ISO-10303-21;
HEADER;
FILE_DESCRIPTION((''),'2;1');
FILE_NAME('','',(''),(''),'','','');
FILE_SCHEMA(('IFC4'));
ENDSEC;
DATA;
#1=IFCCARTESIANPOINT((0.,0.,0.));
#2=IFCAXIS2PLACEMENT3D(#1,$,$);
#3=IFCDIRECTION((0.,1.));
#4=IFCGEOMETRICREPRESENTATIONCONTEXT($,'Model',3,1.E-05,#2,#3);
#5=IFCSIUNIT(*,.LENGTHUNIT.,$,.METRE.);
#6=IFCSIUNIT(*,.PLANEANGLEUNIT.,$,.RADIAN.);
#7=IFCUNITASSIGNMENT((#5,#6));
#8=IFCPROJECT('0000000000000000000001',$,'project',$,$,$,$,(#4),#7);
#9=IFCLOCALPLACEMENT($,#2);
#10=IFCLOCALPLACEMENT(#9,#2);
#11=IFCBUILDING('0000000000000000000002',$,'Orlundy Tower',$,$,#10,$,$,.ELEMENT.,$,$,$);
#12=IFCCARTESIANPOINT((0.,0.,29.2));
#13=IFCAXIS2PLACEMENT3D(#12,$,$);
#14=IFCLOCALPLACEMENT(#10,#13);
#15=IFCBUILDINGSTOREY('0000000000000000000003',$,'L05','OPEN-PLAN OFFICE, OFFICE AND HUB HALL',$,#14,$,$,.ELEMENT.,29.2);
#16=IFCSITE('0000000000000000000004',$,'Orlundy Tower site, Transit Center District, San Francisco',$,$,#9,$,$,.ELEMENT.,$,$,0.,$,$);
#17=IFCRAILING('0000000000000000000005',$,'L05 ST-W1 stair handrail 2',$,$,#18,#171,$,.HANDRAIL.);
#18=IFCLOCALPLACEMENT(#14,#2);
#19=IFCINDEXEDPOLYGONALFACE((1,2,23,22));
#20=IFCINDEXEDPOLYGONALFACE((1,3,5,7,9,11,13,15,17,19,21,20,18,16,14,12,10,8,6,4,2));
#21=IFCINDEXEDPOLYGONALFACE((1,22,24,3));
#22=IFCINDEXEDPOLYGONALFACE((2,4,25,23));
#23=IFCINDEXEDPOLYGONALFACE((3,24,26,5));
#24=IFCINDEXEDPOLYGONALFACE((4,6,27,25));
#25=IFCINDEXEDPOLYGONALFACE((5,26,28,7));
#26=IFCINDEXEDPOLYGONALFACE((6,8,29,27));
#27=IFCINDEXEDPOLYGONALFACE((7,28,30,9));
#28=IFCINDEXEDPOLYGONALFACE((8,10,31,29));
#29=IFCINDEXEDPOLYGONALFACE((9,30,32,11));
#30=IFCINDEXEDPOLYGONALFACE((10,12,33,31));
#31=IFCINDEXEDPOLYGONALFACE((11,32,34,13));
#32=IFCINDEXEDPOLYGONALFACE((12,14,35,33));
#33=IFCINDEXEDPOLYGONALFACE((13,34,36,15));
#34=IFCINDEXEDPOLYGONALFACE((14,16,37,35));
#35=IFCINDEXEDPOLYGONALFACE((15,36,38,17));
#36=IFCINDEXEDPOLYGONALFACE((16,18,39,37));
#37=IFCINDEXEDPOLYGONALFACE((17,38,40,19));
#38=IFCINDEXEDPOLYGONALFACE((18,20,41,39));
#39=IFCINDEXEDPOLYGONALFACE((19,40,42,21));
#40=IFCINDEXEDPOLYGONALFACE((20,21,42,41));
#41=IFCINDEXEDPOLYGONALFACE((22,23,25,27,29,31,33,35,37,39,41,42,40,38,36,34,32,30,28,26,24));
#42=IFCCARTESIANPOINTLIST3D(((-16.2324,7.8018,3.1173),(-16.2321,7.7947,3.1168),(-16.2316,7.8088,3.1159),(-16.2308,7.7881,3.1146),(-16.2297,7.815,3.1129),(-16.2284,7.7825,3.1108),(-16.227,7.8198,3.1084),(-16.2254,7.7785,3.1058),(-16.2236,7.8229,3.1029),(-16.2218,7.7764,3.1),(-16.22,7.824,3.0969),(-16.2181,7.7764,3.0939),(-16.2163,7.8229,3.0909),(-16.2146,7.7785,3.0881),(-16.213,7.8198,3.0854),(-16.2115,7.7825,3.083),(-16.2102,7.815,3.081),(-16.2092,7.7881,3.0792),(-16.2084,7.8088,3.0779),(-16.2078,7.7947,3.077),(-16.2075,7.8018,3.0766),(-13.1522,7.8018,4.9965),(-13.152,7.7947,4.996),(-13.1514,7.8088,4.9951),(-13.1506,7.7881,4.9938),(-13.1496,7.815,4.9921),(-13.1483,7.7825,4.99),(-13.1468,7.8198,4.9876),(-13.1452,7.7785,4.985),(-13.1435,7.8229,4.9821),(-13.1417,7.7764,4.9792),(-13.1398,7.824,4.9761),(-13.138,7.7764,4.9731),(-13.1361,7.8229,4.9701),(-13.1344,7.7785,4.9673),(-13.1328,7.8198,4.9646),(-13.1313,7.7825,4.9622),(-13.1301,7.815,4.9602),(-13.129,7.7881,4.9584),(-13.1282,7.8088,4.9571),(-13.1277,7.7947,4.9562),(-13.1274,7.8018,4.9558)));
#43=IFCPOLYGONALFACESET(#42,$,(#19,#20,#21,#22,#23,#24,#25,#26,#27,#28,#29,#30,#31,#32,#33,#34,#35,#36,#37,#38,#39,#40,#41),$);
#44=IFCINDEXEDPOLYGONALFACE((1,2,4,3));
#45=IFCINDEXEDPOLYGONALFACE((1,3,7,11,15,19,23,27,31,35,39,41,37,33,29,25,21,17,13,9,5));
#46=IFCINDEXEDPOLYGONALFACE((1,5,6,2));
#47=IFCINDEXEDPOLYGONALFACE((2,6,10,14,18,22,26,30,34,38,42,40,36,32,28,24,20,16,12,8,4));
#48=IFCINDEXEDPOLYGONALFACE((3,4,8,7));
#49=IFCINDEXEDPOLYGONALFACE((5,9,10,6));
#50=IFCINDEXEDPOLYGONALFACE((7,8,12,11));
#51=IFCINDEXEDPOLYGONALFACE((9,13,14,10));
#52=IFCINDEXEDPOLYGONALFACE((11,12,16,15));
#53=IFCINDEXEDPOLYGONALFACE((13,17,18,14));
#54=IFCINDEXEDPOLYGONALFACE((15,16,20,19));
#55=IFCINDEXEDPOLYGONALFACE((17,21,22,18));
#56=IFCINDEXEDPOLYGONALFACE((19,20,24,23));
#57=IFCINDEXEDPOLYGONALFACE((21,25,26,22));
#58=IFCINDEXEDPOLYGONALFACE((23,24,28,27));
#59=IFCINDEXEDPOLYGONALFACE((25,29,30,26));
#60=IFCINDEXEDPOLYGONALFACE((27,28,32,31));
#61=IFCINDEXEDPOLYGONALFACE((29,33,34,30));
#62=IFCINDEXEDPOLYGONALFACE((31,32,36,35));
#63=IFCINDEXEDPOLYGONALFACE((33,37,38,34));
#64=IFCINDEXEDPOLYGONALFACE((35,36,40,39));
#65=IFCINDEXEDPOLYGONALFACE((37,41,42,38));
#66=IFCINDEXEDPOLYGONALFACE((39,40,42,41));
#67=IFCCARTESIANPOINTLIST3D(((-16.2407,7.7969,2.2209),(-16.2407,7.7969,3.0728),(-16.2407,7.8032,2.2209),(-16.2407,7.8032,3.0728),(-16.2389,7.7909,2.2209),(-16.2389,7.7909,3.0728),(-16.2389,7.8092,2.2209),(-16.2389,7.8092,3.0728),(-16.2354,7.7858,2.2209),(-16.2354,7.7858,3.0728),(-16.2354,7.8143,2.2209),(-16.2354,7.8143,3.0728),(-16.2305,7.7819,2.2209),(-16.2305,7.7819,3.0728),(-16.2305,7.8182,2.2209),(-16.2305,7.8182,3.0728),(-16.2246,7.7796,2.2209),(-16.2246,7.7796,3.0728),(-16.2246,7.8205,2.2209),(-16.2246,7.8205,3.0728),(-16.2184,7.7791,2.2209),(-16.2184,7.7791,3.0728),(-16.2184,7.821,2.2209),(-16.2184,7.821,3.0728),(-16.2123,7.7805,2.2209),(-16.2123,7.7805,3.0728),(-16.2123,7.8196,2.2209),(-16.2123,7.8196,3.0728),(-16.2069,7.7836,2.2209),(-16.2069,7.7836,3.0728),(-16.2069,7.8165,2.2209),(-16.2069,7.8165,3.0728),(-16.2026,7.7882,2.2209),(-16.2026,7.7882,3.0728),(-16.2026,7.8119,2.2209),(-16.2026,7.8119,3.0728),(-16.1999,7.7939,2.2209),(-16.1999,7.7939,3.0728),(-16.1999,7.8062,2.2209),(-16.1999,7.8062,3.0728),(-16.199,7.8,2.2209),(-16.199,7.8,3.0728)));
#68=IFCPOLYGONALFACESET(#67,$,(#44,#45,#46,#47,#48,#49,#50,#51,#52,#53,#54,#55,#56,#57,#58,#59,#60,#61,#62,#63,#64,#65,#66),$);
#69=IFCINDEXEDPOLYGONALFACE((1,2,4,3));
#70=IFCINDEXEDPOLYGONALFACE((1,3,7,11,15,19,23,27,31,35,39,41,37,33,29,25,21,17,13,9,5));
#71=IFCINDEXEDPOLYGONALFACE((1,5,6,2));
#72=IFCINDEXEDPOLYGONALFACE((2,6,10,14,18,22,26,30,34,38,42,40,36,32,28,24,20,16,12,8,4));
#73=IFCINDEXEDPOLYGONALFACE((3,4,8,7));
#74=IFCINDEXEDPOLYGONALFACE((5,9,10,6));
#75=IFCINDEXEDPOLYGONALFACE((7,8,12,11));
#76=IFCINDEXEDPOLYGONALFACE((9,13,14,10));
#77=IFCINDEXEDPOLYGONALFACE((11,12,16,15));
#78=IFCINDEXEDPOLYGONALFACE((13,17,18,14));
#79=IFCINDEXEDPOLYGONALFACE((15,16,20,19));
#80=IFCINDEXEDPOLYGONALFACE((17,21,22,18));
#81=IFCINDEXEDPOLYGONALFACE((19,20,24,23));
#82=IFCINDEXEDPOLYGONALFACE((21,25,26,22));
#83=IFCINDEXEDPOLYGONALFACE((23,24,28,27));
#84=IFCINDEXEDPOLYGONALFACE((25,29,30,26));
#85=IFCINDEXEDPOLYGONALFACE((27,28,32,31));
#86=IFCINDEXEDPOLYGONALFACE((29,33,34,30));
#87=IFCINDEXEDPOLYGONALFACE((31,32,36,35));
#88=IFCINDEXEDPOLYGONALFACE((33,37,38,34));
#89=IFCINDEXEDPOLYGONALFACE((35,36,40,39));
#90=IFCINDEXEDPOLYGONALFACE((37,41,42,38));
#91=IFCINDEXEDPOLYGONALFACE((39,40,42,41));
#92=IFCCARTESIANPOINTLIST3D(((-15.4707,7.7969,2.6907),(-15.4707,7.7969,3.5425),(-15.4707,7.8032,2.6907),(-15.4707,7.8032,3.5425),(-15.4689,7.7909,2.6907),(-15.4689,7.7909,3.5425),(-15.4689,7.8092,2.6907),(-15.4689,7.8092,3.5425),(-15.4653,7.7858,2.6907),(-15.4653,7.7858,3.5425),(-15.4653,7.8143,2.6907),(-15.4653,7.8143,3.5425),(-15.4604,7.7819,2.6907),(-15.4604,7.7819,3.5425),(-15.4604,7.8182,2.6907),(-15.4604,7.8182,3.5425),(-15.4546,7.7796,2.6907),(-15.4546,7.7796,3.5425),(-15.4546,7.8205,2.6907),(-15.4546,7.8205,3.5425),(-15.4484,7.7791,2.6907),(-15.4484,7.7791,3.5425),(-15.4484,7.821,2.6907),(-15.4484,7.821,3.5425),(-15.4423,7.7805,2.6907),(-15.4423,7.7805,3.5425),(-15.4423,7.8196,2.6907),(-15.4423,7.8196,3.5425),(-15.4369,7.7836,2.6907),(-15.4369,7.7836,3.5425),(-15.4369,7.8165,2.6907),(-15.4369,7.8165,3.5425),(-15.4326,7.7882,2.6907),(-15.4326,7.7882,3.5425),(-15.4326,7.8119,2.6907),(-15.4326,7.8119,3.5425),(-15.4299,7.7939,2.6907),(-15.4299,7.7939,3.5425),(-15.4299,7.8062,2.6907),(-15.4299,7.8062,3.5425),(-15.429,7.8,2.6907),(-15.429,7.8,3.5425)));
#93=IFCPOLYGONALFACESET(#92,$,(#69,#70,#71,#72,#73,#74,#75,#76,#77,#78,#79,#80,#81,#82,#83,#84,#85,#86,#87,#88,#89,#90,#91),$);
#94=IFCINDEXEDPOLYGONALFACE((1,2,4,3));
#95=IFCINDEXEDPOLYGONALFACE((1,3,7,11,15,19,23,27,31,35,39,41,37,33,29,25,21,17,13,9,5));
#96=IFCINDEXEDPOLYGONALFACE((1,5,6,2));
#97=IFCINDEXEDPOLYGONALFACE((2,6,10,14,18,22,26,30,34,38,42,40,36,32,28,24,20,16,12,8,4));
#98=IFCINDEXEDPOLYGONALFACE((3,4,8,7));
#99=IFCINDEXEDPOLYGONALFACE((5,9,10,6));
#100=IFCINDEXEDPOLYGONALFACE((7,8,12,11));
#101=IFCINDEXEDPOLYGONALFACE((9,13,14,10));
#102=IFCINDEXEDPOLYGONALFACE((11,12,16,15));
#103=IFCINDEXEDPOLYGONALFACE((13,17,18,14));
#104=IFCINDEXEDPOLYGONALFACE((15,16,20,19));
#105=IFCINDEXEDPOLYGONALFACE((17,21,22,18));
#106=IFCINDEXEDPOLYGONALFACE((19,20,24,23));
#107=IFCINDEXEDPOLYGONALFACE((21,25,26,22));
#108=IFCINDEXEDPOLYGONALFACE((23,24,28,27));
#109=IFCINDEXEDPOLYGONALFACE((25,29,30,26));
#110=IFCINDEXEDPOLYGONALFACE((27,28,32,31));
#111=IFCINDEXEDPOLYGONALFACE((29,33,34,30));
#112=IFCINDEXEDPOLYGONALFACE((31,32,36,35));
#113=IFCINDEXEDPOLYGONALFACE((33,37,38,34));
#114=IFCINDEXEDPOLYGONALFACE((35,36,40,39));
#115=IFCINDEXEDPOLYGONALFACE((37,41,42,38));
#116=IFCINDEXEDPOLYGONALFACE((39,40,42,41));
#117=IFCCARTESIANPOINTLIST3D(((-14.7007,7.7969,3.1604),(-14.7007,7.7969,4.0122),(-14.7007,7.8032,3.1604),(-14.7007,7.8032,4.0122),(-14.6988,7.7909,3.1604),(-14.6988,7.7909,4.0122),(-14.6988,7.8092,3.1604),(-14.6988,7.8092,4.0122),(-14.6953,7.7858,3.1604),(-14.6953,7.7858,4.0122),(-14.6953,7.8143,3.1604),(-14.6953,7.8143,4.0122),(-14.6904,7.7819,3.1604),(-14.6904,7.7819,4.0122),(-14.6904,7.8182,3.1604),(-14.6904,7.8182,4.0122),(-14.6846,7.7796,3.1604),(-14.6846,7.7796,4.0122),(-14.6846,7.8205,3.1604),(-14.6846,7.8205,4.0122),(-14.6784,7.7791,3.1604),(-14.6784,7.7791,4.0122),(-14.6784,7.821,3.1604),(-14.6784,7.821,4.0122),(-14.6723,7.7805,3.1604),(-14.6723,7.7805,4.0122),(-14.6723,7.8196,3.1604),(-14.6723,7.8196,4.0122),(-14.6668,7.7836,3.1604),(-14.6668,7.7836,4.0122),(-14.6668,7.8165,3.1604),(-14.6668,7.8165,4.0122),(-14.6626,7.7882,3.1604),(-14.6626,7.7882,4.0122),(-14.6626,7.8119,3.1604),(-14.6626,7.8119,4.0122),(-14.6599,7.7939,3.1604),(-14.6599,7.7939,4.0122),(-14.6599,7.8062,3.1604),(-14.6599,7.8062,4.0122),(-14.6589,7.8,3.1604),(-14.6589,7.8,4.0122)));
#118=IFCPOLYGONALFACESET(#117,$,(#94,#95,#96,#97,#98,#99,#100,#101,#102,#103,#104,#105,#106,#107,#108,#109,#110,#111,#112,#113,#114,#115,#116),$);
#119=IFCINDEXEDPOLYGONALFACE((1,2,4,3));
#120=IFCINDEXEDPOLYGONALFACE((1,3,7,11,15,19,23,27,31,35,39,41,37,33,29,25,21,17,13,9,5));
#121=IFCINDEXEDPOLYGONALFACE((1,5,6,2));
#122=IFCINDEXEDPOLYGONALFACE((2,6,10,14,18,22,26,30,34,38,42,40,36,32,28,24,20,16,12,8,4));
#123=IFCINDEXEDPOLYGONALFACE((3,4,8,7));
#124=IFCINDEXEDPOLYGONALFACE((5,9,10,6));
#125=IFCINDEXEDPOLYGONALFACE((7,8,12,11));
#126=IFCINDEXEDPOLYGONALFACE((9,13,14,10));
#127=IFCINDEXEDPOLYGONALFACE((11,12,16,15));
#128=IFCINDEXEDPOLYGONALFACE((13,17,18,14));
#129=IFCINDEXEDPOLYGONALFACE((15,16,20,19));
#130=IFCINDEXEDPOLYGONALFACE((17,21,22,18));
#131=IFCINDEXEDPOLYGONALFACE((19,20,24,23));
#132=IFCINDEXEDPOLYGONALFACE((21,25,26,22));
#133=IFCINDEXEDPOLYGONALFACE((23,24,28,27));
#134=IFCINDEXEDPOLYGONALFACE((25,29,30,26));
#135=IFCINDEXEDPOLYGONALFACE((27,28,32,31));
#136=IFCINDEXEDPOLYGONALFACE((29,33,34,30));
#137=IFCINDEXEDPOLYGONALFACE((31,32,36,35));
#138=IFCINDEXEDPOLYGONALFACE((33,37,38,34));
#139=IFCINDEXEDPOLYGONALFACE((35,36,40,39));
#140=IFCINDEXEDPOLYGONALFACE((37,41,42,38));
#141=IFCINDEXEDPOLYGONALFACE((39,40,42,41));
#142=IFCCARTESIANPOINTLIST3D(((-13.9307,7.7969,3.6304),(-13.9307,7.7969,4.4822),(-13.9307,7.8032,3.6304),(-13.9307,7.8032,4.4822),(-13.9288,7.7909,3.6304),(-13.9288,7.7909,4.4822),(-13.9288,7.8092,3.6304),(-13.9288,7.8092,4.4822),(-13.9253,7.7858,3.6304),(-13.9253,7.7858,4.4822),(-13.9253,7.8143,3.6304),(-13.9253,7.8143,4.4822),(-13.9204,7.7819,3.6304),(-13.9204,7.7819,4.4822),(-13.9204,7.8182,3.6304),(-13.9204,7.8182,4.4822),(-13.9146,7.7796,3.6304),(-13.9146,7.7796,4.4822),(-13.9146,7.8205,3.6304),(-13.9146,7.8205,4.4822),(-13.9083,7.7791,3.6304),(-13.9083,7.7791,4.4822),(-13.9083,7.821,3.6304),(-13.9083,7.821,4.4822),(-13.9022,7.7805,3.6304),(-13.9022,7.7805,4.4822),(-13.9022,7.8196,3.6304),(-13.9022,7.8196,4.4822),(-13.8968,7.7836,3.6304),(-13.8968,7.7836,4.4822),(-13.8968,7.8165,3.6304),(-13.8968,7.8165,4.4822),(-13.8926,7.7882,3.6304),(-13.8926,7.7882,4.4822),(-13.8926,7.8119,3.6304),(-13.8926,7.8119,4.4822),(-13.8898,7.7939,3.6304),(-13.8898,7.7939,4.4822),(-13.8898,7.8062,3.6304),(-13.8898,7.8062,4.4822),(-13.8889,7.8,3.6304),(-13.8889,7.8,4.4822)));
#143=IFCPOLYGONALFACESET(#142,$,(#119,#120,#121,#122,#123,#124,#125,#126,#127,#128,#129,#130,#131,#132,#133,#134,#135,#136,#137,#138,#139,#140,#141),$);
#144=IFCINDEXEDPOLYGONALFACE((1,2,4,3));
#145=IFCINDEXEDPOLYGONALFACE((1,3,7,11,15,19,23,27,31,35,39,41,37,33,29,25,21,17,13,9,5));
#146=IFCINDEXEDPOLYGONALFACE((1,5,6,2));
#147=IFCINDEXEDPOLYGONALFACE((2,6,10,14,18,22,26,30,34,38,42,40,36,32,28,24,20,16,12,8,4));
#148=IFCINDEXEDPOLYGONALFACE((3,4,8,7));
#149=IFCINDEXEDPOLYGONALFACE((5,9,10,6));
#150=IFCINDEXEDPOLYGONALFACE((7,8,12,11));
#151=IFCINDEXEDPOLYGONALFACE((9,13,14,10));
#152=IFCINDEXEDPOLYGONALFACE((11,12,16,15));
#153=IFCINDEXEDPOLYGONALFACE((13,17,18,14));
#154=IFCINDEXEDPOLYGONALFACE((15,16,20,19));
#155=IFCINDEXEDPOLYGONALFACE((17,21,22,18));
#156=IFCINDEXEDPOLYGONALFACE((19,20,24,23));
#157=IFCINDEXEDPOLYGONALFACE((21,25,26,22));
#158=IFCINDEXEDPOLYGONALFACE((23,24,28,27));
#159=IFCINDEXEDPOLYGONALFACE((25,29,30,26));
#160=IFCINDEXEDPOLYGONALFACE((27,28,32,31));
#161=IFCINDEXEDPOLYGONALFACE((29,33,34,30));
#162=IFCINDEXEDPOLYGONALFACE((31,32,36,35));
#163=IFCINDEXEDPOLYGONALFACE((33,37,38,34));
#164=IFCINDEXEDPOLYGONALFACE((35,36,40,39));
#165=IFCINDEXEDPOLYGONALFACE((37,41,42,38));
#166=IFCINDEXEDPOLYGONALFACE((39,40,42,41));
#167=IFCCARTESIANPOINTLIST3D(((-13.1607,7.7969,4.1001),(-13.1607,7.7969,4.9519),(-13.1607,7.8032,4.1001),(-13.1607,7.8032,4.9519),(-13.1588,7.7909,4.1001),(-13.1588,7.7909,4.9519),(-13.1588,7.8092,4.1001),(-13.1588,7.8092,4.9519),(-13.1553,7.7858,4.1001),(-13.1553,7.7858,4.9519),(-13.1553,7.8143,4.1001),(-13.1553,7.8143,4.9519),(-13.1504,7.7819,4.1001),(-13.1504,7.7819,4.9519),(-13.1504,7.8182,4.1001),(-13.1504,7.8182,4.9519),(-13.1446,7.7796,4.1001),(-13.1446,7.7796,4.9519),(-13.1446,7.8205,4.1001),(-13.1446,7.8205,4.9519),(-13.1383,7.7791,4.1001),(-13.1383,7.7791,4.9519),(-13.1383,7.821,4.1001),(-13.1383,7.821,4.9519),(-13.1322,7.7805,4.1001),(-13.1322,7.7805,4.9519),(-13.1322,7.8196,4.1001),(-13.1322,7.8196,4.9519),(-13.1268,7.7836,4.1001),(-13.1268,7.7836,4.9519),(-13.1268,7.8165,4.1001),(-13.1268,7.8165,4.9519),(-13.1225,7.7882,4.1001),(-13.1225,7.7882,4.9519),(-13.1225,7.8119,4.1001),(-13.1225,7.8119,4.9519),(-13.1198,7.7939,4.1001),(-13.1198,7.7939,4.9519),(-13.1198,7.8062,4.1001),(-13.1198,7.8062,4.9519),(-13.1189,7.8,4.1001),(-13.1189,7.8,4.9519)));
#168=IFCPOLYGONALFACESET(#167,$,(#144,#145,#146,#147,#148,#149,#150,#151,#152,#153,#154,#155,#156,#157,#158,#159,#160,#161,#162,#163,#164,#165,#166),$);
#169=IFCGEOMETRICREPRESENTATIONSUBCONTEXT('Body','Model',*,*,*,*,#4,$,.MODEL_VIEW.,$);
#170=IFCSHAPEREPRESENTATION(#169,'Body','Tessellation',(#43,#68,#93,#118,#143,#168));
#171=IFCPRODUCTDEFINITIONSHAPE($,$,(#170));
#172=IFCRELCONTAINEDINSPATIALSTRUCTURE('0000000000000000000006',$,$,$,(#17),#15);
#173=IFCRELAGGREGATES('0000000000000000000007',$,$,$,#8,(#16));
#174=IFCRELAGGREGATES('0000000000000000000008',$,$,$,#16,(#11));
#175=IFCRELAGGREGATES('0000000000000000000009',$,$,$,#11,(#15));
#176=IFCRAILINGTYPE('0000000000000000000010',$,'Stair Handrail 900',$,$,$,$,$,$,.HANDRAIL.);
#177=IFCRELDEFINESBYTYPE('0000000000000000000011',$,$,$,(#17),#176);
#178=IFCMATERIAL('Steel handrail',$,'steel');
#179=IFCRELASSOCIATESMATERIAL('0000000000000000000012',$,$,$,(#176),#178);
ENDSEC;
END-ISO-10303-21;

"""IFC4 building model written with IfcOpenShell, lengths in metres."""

from ifc_helpers import new_model, si_unit, direction, frame, origin, origin_2d, place, context, subcontext, project, spatial, circle, extrude, material, type_object, element, save


model = new_model("IFC4")

# Units and contexts
model_context = context("Model", 3, precision=1e-05, world=origin(), true_north=direction((0.0, 1.0)))
body_context = subcontext(model_context, "Body", "Model", "MODEL_VIEW")
ifc_project = project(units=[si_unit("LENGTHUNIT", "METRE"), si_unit("PLANEANGLEUNIT", "RADIAN")], contexts=[model_context])

# Site, building, storey
site_placement = place(None, origin())
site = spatial("IfcSite", under=ifc_project, at=site_placement, Name="Orlundy Tower site, Transit Center District, San Francisco", CompositionType="ELEMENT", RefElevation=0.0)
building_placement = place(site_placement, origin())
building = spatial("IfcBuilding", under=site, at=building_placement, Name="Orlundy Tower", CompositionType="ELEMENT")
storey_placement = place(building_placement, frame((0.0, 0.0, 29.2)))
storey = spatial("IfcBuildingStorey", under=building, at=storey_placement, Name="L05", Description="OPEN-PLAN OFFICE, OFFICE AND HUB HALL", CompositionType="ELEMENT", Elevation=29.2)

# Railing
ifc_material_1 = material(Name="Steel handrail", Category="steel")
railing_type_1 = type_object("IfcRailingType", Name="Stair Handrail 900", PredefinedType="HANDRAIL", material=ifc_material_1)
railing_1_placement = place(storey_placement, frame((-16.22, 7.8, 2.2209)))
element("IfcRailing", 1, at=railing_1_placement, inside=storey, type_object=railing_type_1, Name="L05 ST-W1 stair handrail 2", PredefinedType="HANDRAIL", context=body_context, shape_type="SweptSolid", body=[
    extrude(circle(Radius=0.0239, at=origin_2d()), frame((0.0, 0.0, 0.876), z_axis=(0.853666, 0.0, 0.52082), x_axis=(0.0, 1.0, 0.0)), (0.0, 0.0, 1.0), 3.6082),
    extrude(circle(Radius=0.021, at=origin_2d()), origin(), (0.0, 0.0, 1.0), 0.8518),
    extrude(circle(Radius=0.021, at=origin_2d()), frame((0.77, 0.0, 0.4697)), (0.0, 0.0, 1.0), 0.8518),
    extrude(circle(Radius=0.021, at=origin_2d()), frame((1.54, 0.0, 0.9395)), (0.0, 0.0, 1.0), 0.8518),
    extrude(circle(Radius=0.021, at=origin_2d()), frame((2.3101, 0.0, 1.4094)), (0.0, 0.0, 1.0), 0.8518),
    extrude(circle(Radius=0.021, at=origin_2d()), frame((3.0801, 0.0, 1.8792)), (0.0, 0.0, 1.0), 0.8518),
])

save(model, "model.ifc")
